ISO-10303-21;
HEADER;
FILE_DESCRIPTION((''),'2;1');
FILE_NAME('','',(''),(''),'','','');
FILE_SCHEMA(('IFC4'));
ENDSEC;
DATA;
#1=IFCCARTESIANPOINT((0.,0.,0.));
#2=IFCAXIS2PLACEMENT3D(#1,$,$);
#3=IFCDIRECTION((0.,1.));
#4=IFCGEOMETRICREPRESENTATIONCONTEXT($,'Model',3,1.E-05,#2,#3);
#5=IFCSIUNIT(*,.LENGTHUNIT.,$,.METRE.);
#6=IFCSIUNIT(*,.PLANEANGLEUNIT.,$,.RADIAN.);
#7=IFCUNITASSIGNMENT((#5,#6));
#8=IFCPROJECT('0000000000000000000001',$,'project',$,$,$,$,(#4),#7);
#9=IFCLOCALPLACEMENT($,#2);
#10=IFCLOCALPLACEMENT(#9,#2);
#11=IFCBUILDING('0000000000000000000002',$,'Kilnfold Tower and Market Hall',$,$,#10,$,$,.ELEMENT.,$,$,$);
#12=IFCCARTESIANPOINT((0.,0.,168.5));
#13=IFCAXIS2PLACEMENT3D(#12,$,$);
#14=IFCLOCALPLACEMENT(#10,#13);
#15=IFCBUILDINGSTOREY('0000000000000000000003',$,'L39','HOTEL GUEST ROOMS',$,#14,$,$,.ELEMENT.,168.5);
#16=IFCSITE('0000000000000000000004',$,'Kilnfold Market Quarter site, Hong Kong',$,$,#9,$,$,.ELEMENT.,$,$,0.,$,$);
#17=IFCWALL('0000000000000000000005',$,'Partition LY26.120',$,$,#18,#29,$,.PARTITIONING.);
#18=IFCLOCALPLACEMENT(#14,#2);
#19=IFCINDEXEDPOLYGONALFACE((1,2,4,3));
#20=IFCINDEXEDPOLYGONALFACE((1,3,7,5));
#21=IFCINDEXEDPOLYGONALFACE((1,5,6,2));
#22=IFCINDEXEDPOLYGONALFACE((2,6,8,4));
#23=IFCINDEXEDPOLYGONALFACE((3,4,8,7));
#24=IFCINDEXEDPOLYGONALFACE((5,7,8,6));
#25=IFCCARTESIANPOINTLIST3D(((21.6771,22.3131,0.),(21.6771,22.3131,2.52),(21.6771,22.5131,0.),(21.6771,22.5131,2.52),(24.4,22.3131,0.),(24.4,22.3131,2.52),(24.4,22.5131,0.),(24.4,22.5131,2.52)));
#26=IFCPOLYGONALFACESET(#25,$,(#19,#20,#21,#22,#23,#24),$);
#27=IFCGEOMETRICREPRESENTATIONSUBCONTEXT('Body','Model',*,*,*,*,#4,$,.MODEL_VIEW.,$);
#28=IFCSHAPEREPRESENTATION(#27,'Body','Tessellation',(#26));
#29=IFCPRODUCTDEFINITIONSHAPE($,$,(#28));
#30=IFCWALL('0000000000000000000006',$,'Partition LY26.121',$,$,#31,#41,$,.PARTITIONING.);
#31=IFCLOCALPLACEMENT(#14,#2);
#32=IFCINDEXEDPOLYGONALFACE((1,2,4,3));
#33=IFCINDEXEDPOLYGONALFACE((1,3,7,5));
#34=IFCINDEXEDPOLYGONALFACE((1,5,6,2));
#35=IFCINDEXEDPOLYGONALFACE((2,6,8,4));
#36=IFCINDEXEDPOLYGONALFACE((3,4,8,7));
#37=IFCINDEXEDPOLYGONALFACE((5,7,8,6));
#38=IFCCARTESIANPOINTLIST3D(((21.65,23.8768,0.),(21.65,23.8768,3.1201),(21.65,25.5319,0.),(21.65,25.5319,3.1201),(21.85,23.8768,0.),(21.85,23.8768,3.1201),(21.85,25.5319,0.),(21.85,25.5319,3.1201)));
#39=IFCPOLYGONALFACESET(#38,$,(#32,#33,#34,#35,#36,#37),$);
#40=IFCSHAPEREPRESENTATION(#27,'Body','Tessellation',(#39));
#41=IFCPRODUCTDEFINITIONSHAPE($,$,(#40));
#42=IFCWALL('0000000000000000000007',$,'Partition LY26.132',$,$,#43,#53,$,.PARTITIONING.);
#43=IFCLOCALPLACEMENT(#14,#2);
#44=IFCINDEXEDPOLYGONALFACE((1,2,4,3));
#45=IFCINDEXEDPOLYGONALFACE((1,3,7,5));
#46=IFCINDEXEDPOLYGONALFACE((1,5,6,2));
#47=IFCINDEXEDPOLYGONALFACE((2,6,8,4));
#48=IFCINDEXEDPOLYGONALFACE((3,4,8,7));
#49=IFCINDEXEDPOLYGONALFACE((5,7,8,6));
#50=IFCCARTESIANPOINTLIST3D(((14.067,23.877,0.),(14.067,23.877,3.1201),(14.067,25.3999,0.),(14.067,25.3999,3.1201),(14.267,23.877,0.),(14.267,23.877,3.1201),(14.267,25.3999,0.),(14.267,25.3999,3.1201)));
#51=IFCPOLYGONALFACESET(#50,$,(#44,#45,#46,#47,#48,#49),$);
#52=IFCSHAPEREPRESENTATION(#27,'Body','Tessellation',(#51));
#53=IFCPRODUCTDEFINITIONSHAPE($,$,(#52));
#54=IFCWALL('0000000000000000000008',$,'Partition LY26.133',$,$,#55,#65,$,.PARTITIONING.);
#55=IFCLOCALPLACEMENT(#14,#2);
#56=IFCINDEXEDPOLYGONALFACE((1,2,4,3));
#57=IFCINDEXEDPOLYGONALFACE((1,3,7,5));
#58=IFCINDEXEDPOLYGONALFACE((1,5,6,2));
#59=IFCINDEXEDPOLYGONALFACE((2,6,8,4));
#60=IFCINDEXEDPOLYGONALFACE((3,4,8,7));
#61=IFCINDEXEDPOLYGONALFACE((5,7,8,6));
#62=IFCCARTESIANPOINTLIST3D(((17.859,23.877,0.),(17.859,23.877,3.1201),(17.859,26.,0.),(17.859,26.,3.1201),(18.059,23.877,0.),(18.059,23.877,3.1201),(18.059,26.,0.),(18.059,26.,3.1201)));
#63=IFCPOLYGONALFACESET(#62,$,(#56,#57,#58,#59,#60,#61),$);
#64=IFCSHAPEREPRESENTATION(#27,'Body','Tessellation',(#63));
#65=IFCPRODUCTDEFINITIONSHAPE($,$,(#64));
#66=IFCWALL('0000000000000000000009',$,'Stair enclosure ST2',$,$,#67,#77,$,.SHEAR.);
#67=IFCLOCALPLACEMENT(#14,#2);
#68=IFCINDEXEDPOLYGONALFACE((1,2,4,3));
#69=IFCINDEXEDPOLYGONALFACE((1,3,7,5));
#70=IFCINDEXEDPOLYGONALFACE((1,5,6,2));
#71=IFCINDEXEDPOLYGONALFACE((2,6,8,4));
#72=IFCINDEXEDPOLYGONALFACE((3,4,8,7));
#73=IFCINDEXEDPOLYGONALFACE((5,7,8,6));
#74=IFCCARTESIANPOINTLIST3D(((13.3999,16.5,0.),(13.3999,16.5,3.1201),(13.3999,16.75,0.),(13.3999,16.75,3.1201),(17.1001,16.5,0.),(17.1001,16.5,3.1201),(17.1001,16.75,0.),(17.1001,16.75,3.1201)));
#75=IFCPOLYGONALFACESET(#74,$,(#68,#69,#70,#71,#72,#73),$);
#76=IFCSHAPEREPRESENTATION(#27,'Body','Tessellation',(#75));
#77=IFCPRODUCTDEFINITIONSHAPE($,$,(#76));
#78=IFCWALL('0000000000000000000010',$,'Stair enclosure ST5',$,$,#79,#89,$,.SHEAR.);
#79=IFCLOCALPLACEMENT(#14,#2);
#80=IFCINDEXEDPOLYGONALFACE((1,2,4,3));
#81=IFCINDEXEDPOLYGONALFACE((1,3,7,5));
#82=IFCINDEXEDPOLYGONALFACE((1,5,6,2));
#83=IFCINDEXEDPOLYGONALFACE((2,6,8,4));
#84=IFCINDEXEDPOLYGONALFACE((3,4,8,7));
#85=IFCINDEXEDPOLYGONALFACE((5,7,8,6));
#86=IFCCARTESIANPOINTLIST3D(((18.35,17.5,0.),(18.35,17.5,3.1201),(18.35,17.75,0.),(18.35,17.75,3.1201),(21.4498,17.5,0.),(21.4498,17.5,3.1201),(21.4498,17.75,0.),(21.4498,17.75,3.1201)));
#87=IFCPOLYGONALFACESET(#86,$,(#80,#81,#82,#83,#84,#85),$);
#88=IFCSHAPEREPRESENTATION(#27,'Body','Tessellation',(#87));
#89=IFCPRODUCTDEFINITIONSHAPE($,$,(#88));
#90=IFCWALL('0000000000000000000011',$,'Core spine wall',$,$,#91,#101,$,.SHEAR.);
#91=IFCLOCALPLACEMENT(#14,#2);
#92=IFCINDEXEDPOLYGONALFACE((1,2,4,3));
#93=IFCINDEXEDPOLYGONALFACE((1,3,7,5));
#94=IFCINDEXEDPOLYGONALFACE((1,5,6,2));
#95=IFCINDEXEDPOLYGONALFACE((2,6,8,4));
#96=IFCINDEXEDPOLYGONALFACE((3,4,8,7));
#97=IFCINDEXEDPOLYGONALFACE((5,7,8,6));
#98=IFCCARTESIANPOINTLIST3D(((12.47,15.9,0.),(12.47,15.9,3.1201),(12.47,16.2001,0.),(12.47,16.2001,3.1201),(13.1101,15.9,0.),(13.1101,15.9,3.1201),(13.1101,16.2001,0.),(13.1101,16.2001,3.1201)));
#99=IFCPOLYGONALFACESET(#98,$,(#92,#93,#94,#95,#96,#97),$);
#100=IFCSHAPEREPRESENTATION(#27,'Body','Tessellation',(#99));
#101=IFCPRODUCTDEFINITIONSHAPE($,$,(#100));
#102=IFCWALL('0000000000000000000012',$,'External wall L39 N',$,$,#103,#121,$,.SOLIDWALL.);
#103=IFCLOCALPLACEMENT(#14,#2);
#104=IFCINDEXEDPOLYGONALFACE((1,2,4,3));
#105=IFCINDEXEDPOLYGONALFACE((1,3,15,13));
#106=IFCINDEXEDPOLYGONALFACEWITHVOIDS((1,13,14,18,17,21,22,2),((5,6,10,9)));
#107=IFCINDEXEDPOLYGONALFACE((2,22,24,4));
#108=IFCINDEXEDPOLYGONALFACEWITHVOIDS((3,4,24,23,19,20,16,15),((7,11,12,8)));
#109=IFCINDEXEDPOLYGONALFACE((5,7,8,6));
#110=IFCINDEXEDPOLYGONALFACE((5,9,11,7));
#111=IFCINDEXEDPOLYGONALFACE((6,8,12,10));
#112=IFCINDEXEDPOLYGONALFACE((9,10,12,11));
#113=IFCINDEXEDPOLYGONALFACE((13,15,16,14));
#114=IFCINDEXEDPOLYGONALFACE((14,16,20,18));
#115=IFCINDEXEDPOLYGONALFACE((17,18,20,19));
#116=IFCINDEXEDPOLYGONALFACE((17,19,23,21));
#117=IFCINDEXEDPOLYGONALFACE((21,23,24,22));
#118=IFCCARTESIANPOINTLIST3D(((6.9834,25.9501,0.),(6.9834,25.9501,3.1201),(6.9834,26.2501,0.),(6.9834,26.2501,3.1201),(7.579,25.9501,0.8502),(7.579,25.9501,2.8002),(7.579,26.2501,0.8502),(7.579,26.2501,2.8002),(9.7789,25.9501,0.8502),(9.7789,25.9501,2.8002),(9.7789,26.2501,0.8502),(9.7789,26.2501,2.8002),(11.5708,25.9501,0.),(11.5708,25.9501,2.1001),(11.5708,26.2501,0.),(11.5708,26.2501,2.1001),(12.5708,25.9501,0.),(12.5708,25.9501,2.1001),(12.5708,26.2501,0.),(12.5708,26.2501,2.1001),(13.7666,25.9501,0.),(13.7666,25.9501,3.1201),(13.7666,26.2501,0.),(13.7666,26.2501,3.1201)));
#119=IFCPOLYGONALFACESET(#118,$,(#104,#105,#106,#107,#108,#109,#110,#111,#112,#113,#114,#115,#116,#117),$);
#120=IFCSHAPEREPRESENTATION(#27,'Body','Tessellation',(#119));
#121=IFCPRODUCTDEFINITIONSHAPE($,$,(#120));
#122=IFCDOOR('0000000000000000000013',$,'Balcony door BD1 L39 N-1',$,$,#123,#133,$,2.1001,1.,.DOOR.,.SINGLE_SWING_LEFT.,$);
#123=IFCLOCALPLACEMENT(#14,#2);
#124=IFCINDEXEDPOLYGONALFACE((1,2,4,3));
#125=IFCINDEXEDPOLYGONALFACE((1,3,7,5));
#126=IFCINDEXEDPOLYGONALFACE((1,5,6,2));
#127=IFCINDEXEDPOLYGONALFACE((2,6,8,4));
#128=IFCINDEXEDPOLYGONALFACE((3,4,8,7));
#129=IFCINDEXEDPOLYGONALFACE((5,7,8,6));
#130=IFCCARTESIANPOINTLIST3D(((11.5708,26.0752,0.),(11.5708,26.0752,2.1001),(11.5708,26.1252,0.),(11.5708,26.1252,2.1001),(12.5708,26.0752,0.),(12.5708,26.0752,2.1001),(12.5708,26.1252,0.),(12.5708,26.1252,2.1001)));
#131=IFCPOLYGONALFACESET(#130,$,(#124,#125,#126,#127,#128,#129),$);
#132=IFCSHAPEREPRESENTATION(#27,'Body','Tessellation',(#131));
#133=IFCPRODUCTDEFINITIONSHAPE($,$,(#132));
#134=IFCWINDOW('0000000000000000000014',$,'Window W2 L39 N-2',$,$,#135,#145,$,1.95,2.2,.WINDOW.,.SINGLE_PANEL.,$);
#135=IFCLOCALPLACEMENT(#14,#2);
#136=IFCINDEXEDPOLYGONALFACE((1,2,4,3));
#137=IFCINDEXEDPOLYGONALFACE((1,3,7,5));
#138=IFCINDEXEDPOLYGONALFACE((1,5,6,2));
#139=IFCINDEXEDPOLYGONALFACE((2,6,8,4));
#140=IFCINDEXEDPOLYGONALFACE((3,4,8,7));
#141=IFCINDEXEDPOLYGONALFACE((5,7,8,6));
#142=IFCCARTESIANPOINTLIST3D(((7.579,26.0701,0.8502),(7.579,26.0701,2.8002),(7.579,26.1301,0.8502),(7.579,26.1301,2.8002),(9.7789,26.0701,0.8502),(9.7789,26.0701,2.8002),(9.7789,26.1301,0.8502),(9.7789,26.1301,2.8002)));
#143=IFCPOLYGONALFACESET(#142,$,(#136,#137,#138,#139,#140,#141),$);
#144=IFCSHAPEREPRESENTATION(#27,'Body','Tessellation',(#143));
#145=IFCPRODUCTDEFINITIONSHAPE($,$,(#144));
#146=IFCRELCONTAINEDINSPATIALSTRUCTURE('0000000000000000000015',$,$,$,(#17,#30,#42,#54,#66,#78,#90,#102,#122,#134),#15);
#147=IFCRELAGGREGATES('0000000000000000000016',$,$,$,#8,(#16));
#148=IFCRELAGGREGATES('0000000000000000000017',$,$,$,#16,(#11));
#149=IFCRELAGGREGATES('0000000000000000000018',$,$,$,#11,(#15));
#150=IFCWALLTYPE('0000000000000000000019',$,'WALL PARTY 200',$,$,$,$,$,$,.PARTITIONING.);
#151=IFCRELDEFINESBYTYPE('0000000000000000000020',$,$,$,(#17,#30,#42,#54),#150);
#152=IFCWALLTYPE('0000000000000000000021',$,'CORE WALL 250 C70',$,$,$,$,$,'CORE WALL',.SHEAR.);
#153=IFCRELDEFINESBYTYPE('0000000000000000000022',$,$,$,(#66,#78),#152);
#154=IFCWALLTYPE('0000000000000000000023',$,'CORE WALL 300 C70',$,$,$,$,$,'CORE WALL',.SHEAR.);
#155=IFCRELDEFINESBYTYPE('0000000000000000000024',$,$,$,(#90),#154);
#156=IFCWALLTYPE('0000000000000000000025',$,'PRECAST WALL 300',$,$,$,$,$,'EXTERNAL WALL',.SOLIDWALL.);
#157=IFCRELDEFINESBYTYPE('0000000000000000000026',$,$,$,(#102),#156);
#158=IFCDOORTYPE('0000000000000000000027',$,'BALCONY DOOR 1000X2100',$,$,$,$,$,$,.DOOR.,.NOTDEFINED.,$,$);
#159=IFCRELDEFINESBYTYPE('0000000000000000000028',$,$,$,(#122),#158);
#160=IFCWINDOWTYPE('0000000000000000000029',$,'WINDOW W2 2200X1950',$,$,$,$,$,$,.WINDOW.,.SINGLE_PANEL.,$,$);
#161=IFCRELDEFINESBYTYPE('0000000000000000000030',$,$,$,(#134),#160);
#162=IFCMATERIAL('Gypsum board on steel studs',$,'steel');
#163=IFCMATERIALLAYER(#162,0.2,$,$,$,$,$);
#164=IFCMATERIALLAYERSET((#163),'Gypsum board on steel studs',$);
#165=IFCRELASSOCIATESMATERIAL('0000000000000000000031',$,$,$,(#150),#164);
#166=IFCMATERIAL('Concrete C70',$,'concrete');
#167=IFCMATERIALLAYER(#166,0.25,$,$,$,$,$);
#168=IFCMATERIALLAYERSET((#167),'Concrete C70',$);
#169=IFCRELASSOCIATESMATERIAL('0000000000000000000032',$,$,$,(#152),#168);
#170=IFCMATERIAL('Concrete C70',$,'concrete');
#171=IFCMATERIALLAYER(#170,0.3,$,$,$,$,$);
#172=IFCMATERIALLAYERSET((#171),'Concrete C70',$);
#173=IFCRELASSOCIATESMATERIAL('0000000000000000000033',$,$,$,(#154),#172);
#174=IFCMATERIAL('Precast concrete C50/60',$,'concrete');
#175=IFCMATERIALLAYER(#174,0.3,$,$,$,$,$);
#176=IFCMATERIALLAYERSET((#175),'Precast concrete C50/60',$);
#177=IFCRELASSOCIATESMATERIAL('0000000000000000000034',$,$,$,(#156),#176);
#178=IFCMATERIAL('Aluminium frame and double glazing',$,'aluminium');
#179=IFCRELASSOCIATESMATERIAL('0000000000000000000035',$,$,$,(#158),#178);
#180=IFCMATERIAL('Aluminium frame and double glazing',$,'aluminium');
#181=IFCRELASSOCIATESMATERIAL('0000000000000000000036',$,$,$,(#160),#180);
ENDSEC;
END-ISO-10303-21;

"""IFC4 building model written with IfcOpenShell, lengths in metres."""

from ifc_helpers import new_model, si_unit, direction, frame, frame_2d, origin, place, context, subcontext, project, spatial, rectangle, extrude, source, transform, mapped, material, layer, layer_set, type_object, element, fill, save


model = new_model("IFC4")

# Units and contexts
model_context = context("Model", 3, precision=1e-05, world=origin(), true_north=direction((0.0, 1.0)))
body_context = subcontext(model_context, "Body", "Model", "MODEL_VIEW")
ifc_project = project(units=[si_unit("LENGTHUNIT", "METRE"), si_unit("PLANEANGLEUNIT", "RADIAN")], contexts=[model_context])

# Site, building, storey
site_placement = place(None, origin())
site = spatial("IfcSite", under=ifc_project, at=site_placement, Name="Kilnfold Market Quarter site, Hong Kong", CompositionType="ELEMENT", RefElevation=0.0)
building_placement = place(site_placement, origin())
building = spatial("IfcBuilding", under=site, at=building_placement, Name="Kilnfold Tower and Market Hall", CompositionType="ELEMENT")
storey_placement = place(building_placement, frame((0.0, 0.0, 168.5)))
storey = spatial("IfcBuildingStorey", under=building, at=storey_placement, Name="L39", Description="HOTEL GUEST ROOMS", CompositionType="ELEMENT", Elevation=168.5)

# Walls
ifc_material_1 = material(Name="Gypsum board on steel studs", Category="steel")
ifc_layer_1 = layer(ifc_material_1, 0.2)
ifc_layer_set_1 = layer_set([ifc_layer_1], Name="Gypsum board on steel studs")
wall_type_1 = type_object("IfcWallType", Name="WALL PARTY 200", PredefinedType="PARTITIONING", material=ifc_layer_set_1)
wall_1_placement = place(storey_placement, frame((24.3999, 22.4131, 0.0), z_axis=(0.0, 0.0, 1.0), x_axis=(-1.0, 0.0, 0.0)))
element("IfcWall", 1, at=wall_1_placement, inside=storey, type_object=wall_type_1, Name="Partition LY26.120", PredefinedType="PARTITIONING", context=body_context, shape_type="SweptSolid", body=[
    extrude(rectangle(XDim=2.7229, YDim=0.2, at=frame_2d((1.3613, 0.0))), origin(), (0.0, 0.0, 1.0), 2.52),
])
wall_2_placement = place(storey_placement, frame((21.75, 25.532, 0.0), z_axis=(0.0, 0.0, 1.0), x_axis=(0.0, -1.0, 0.0)))
element("IfcWall", 2, at=wall_2_placement, inside=storey, type_object=wall_type_1, Name="Partition LY26.121", PredefinedType="PARTITIONING", context=body_context, shape_type="SweptSolid", body=[
    extrude(rectangle(XDim=1.655, YDim=0.2, at=frame_2d((0.8276, 0.0))), origin(), (0.0, 0.0, 1.0), 3.1201),
])
wall_3_placement = place(storey_placement, frame((14.167, 23.877, 0.0), z_axis=(0.0, 0.0, 1.0), x_axis=(0.0, 1.0, 0.0)))
element("IfcWall", 3, at=wall_3_placement, inside=storey, type_object=wall_type_1, Name="Partition LY26.132", PredefinedType="PARTITIONING", context=body_context, shape_type="SweptSolid", body=[
    extrude(rectangle(XDim=1.5229, YDim=0.2, at=frame_2d((0.7615, 0.0))), origin(), (0.0, 0.0, 1.0), 3.1201),
])
wall_4_placement = place(storey_placement, frame((17.959, 23.877, 0.0), z_axis=(0.0, 0.0, 1.0), x_axis=(0.0, 1.0, 0.0)))
element("IfcWall", 4, at=wall_4_placement, inside=storey, type_object=wall_type_1, Name="Partition LY26.133", PredefinedType="PARTITIONING", context=body_context, shape_type="SweptSolid", body=[
    extrude(rectangle(XDim=2.123, YDim=0.2, at=frame_2d((1.0615, 0.0))), origin(), (0.0, 0.0, 1.0), 3.1201),
])
ifc_material_2 = material(Name="Concrete C70", Category="concrete")
ifc_layer_2 = layer(ifc_material_2, 0.25)
ifc_layer_set_2 = layer_set([ifc_layer_2], Name="Concrete C70")
wall_type_2 = type_object("IfcWallType", Name="CORE WALL 250 C70", ElementType="CORE WALL", PredefinedType="SHEAR", material=ifc_layer_set_2)
shared_shape_1 = source(origin(), body_context, "Body", "SweptSolid", [
    extrude(rectangle(XDim=3.7002, YDim=0.25, at=frame_2d((1.8501, 0.0))), origin(), (0.0, 0.0, 1.0), 3.1201),
])
wall_5_placement = place(storey_placement, frame((13.3999, 16.625, 0.0), z_axis=(0.0, 0.0, 1.0), x_axis=(1.0, 0.0, 0.0)))
element("IfcWall", 5, at=wall_5_placement, inside=storey, type_object=wall_type_2, Name="Stair enclosure ST2", PredefinedType="SHEAR", context=body_context, shape_type="MappedRepresentation", body=[
    mapped(shared_shape_1, transform((0.0, 0.0, 0.0))),
])
shared_shape_2 = source(origin(), body_context, "Body", "SweptSolid", [
    extrude(rectangle(XDim=3.0999, YDim=0.25, at=frame_2d((1.5498, 0.0))), origin(), (0.0, 0.0, 1.0), 3.1201),
])
wall_6_placement = place(storey_placement, frame((18.3501, 17.625, 0.0), z_axis=(0.0, 0.0, 1.0), x_axis=(1.0, 0.0, 0.0)))
element("IfcWall", 6, at=wall_6_placement, inside=storey, type_object=wall_type_2, Name="Stair enclosure ST5", PredefinedType="SHEAR", context=body_context, shape_type="MappedRepresentation", body=[
    mapped(shared_shape_2, transform((0.0, 0.0, 0.0))),
])
ifc_material_3 = material(Name="Concrete C70", Category="concrete")
ifc_layer_3 = layer(ifc_material_3, 0.3)
ifc_layer_set_3 = layer_set([ifc_layer_3], Name="Concrete C70")
wall_type_3 = type_object("IfcWallType", Name="CORE WALL 300 C70", ElementType="CORE WALL", PredefinedType="SHEAR", material=ifc_layer_set_3)
shared_shape_3 = source(origin(), body_context, "Body", "SweptSolid", [
    extrude(rectangle(XDim=0.6401, YDim=0.3, at=frame_2d((0.3201, 0.0))), origin(), (0.0, 0.0, 1.0), 3.1201),
])
wall_7_placement = place(storey_placement, frame((12.47, 16.05, 0.0), z_axis=(0.0, 0.0, 1.0), x_axis=(1.0, 0.0, 0.0)))
element("IfcWall", 7, at=wall_7_placement, inside=storey, type_object=wall_type_3, Name="Core spine wall", PredefinedType="SHEAR", context=body_context, shape_type="MappedRepresentation", body=[
    mapped(shared_shape_3, transform((0.0, 0.0, 0.0))),
])

# Wall, openings, door, window
ifc_material_4 = material(Name="Precast concrete C50/60", Category="concrete")
ifc_layer_4 = layer(ifc_material_4, 0.3)
ifc_layer_set_4 = layer_set([ifc_layer_4], Name="Precast concrete C50/60")
wall_type_4 = type_object("IfcWallType", Name="PRECAST WALL 300", ElementType="EXTERNAL WALL", PredefinedType="SOLIDWALL", material=ifc_layer_set_4)
shared_shape_4 = source(origin(), body_context, "Body", "SweptSolid", [
    extrude(rectangle(XDim=6.7832, YDim=0.3, at=frame_2d((3.3916, 0.0))), origin(), (0.0, 0.0, 1.0), 3.1201),
])
wall_8_placement = place(storey_placement, frame((13.7666, 26.1001, 0.0), z_axis=(0.0, 0.0, 1.0), x_axis=(-1.0, 0.0, 0.0)))
wall_8 = element("IfcWall", 8, at=wall_8_placement, inside=storey, type_object=wall_type_4, Name="External wall L39 N", PredefinedType="SOLIDWALL", context=body_context, shape_type="MappedRepresentation", body=[
    mapped(shared_shape_4, transform((0.0, 0.0, 0.0))),
])
opening_1_placement = place(wall_8_placement, frame((1.1958, 0.0, 0.0)))
opening_1 = element("IfcOpeningElement", 9, at=opening_1_placement, cuts=wall_8, PredefinedType="OPENING", context=body_context, shape_type="SweptSolid", body=[
    extrude(rectangle(XDim=1.0, YDim=2.1001, at=frame_2d((0.5, 1.05))), frame((0.0, 0.1602, 0.0), z_axis=(0.0, -1.0, 0.0), x_axis=(1.0, 0.0, 0.0)), (0.0, 0.0, 1.0), 0.3201),
])
opening_2_placement = place(wall_8_placement, frame((3.9875, 0.0, 0.8501)))
opening_2 = element("IfcOpeningElement", 10, at=opening_2_placement, cuts=wall_8, PredefinedType="OPENING", context=body_context, shape_type="SweptSolid", body=[
    extrude(rectangle(XDim=2.2, YDim=1.95, at=frame_2d((1.1001, 0.9751))), frame((0.0, 0.1602, 0.0), z_axis=(0.0, -1.0, 0.0), x_axis=(1.0, 0.0, 0.0)), (0.0, 0.0, 1.0), 0.3201),
])
ifc_material_5 = material(Name="Aluminium frame and double glazing", Category="aluminium")
door_type_1 = type_object("IfcDoorType", Name="BALCONY DOOR 1000X2100", OperationType="NOTDEFINED", PredefinedType="DOOR", material=ifc_material_5)
door_1_placement = place(opening_1_placement, origin())
door_1 = element("IfcDoor", 11, at=door_1_placement, inside=storey, type_object=door_type_1, Name="Balcony door BD1 L39 N-1", OperationType="SINGLE_SWING_LEFT", OverallHeight=2.1001, OverallWidth=1.0, PredefinedType="DOOR", context=body_context, shape_type="SweptSolid", body=[
    extrude(rectangle(XDim=1.0, YDim=2.1001, at=frame_2d((0.5, 1.05))), frame((0.0, 0.0249, 0.0), z_axis=(0.0, -1.0, 0.0), x_axis=(1.0, 0.0, 0.0)), (0.0, 0.0, 1.0), 0.05),
])
fill(opening_1, door_1)
ifc_material_6 = material(Name="Aluminium frame and double glazing", Category="aluminium")
window_type = type_object("IfcWindowType", Name="WINDOW W2 2200X1950", PartitioningType="SINGLE_PANEL", PredefinedType="WINDOW", material=ifc_material_6)
window_1_placement = place(opening_2_placement, origin())
window_1 = element("IfcWindow", 12, at=window_1_placement, inside=storey, type_object=window_type, Name="Window W2 L39 N-2", OverallHeight=1.95, OverallWidth=2.2, PartitioningType="SINGLE_PANEL", PredefinedType="WINDOW", context=body_context, shape_type="SweptSolid", body=[
    extrude(rectangle(XDim=2.2, YDim=1.95, at=frame_2d((1.1001, 0.9751))), frame((0.0, 0.03, 0.0), z_axis=(0.0, -1.0, 0.0), x_axis=(1.0, 0.0, 0.0)), (0.0, 0.0, 1.0), 0.0601),
])
fill(opening_2, window_1)

save(model, "model.ifc")
